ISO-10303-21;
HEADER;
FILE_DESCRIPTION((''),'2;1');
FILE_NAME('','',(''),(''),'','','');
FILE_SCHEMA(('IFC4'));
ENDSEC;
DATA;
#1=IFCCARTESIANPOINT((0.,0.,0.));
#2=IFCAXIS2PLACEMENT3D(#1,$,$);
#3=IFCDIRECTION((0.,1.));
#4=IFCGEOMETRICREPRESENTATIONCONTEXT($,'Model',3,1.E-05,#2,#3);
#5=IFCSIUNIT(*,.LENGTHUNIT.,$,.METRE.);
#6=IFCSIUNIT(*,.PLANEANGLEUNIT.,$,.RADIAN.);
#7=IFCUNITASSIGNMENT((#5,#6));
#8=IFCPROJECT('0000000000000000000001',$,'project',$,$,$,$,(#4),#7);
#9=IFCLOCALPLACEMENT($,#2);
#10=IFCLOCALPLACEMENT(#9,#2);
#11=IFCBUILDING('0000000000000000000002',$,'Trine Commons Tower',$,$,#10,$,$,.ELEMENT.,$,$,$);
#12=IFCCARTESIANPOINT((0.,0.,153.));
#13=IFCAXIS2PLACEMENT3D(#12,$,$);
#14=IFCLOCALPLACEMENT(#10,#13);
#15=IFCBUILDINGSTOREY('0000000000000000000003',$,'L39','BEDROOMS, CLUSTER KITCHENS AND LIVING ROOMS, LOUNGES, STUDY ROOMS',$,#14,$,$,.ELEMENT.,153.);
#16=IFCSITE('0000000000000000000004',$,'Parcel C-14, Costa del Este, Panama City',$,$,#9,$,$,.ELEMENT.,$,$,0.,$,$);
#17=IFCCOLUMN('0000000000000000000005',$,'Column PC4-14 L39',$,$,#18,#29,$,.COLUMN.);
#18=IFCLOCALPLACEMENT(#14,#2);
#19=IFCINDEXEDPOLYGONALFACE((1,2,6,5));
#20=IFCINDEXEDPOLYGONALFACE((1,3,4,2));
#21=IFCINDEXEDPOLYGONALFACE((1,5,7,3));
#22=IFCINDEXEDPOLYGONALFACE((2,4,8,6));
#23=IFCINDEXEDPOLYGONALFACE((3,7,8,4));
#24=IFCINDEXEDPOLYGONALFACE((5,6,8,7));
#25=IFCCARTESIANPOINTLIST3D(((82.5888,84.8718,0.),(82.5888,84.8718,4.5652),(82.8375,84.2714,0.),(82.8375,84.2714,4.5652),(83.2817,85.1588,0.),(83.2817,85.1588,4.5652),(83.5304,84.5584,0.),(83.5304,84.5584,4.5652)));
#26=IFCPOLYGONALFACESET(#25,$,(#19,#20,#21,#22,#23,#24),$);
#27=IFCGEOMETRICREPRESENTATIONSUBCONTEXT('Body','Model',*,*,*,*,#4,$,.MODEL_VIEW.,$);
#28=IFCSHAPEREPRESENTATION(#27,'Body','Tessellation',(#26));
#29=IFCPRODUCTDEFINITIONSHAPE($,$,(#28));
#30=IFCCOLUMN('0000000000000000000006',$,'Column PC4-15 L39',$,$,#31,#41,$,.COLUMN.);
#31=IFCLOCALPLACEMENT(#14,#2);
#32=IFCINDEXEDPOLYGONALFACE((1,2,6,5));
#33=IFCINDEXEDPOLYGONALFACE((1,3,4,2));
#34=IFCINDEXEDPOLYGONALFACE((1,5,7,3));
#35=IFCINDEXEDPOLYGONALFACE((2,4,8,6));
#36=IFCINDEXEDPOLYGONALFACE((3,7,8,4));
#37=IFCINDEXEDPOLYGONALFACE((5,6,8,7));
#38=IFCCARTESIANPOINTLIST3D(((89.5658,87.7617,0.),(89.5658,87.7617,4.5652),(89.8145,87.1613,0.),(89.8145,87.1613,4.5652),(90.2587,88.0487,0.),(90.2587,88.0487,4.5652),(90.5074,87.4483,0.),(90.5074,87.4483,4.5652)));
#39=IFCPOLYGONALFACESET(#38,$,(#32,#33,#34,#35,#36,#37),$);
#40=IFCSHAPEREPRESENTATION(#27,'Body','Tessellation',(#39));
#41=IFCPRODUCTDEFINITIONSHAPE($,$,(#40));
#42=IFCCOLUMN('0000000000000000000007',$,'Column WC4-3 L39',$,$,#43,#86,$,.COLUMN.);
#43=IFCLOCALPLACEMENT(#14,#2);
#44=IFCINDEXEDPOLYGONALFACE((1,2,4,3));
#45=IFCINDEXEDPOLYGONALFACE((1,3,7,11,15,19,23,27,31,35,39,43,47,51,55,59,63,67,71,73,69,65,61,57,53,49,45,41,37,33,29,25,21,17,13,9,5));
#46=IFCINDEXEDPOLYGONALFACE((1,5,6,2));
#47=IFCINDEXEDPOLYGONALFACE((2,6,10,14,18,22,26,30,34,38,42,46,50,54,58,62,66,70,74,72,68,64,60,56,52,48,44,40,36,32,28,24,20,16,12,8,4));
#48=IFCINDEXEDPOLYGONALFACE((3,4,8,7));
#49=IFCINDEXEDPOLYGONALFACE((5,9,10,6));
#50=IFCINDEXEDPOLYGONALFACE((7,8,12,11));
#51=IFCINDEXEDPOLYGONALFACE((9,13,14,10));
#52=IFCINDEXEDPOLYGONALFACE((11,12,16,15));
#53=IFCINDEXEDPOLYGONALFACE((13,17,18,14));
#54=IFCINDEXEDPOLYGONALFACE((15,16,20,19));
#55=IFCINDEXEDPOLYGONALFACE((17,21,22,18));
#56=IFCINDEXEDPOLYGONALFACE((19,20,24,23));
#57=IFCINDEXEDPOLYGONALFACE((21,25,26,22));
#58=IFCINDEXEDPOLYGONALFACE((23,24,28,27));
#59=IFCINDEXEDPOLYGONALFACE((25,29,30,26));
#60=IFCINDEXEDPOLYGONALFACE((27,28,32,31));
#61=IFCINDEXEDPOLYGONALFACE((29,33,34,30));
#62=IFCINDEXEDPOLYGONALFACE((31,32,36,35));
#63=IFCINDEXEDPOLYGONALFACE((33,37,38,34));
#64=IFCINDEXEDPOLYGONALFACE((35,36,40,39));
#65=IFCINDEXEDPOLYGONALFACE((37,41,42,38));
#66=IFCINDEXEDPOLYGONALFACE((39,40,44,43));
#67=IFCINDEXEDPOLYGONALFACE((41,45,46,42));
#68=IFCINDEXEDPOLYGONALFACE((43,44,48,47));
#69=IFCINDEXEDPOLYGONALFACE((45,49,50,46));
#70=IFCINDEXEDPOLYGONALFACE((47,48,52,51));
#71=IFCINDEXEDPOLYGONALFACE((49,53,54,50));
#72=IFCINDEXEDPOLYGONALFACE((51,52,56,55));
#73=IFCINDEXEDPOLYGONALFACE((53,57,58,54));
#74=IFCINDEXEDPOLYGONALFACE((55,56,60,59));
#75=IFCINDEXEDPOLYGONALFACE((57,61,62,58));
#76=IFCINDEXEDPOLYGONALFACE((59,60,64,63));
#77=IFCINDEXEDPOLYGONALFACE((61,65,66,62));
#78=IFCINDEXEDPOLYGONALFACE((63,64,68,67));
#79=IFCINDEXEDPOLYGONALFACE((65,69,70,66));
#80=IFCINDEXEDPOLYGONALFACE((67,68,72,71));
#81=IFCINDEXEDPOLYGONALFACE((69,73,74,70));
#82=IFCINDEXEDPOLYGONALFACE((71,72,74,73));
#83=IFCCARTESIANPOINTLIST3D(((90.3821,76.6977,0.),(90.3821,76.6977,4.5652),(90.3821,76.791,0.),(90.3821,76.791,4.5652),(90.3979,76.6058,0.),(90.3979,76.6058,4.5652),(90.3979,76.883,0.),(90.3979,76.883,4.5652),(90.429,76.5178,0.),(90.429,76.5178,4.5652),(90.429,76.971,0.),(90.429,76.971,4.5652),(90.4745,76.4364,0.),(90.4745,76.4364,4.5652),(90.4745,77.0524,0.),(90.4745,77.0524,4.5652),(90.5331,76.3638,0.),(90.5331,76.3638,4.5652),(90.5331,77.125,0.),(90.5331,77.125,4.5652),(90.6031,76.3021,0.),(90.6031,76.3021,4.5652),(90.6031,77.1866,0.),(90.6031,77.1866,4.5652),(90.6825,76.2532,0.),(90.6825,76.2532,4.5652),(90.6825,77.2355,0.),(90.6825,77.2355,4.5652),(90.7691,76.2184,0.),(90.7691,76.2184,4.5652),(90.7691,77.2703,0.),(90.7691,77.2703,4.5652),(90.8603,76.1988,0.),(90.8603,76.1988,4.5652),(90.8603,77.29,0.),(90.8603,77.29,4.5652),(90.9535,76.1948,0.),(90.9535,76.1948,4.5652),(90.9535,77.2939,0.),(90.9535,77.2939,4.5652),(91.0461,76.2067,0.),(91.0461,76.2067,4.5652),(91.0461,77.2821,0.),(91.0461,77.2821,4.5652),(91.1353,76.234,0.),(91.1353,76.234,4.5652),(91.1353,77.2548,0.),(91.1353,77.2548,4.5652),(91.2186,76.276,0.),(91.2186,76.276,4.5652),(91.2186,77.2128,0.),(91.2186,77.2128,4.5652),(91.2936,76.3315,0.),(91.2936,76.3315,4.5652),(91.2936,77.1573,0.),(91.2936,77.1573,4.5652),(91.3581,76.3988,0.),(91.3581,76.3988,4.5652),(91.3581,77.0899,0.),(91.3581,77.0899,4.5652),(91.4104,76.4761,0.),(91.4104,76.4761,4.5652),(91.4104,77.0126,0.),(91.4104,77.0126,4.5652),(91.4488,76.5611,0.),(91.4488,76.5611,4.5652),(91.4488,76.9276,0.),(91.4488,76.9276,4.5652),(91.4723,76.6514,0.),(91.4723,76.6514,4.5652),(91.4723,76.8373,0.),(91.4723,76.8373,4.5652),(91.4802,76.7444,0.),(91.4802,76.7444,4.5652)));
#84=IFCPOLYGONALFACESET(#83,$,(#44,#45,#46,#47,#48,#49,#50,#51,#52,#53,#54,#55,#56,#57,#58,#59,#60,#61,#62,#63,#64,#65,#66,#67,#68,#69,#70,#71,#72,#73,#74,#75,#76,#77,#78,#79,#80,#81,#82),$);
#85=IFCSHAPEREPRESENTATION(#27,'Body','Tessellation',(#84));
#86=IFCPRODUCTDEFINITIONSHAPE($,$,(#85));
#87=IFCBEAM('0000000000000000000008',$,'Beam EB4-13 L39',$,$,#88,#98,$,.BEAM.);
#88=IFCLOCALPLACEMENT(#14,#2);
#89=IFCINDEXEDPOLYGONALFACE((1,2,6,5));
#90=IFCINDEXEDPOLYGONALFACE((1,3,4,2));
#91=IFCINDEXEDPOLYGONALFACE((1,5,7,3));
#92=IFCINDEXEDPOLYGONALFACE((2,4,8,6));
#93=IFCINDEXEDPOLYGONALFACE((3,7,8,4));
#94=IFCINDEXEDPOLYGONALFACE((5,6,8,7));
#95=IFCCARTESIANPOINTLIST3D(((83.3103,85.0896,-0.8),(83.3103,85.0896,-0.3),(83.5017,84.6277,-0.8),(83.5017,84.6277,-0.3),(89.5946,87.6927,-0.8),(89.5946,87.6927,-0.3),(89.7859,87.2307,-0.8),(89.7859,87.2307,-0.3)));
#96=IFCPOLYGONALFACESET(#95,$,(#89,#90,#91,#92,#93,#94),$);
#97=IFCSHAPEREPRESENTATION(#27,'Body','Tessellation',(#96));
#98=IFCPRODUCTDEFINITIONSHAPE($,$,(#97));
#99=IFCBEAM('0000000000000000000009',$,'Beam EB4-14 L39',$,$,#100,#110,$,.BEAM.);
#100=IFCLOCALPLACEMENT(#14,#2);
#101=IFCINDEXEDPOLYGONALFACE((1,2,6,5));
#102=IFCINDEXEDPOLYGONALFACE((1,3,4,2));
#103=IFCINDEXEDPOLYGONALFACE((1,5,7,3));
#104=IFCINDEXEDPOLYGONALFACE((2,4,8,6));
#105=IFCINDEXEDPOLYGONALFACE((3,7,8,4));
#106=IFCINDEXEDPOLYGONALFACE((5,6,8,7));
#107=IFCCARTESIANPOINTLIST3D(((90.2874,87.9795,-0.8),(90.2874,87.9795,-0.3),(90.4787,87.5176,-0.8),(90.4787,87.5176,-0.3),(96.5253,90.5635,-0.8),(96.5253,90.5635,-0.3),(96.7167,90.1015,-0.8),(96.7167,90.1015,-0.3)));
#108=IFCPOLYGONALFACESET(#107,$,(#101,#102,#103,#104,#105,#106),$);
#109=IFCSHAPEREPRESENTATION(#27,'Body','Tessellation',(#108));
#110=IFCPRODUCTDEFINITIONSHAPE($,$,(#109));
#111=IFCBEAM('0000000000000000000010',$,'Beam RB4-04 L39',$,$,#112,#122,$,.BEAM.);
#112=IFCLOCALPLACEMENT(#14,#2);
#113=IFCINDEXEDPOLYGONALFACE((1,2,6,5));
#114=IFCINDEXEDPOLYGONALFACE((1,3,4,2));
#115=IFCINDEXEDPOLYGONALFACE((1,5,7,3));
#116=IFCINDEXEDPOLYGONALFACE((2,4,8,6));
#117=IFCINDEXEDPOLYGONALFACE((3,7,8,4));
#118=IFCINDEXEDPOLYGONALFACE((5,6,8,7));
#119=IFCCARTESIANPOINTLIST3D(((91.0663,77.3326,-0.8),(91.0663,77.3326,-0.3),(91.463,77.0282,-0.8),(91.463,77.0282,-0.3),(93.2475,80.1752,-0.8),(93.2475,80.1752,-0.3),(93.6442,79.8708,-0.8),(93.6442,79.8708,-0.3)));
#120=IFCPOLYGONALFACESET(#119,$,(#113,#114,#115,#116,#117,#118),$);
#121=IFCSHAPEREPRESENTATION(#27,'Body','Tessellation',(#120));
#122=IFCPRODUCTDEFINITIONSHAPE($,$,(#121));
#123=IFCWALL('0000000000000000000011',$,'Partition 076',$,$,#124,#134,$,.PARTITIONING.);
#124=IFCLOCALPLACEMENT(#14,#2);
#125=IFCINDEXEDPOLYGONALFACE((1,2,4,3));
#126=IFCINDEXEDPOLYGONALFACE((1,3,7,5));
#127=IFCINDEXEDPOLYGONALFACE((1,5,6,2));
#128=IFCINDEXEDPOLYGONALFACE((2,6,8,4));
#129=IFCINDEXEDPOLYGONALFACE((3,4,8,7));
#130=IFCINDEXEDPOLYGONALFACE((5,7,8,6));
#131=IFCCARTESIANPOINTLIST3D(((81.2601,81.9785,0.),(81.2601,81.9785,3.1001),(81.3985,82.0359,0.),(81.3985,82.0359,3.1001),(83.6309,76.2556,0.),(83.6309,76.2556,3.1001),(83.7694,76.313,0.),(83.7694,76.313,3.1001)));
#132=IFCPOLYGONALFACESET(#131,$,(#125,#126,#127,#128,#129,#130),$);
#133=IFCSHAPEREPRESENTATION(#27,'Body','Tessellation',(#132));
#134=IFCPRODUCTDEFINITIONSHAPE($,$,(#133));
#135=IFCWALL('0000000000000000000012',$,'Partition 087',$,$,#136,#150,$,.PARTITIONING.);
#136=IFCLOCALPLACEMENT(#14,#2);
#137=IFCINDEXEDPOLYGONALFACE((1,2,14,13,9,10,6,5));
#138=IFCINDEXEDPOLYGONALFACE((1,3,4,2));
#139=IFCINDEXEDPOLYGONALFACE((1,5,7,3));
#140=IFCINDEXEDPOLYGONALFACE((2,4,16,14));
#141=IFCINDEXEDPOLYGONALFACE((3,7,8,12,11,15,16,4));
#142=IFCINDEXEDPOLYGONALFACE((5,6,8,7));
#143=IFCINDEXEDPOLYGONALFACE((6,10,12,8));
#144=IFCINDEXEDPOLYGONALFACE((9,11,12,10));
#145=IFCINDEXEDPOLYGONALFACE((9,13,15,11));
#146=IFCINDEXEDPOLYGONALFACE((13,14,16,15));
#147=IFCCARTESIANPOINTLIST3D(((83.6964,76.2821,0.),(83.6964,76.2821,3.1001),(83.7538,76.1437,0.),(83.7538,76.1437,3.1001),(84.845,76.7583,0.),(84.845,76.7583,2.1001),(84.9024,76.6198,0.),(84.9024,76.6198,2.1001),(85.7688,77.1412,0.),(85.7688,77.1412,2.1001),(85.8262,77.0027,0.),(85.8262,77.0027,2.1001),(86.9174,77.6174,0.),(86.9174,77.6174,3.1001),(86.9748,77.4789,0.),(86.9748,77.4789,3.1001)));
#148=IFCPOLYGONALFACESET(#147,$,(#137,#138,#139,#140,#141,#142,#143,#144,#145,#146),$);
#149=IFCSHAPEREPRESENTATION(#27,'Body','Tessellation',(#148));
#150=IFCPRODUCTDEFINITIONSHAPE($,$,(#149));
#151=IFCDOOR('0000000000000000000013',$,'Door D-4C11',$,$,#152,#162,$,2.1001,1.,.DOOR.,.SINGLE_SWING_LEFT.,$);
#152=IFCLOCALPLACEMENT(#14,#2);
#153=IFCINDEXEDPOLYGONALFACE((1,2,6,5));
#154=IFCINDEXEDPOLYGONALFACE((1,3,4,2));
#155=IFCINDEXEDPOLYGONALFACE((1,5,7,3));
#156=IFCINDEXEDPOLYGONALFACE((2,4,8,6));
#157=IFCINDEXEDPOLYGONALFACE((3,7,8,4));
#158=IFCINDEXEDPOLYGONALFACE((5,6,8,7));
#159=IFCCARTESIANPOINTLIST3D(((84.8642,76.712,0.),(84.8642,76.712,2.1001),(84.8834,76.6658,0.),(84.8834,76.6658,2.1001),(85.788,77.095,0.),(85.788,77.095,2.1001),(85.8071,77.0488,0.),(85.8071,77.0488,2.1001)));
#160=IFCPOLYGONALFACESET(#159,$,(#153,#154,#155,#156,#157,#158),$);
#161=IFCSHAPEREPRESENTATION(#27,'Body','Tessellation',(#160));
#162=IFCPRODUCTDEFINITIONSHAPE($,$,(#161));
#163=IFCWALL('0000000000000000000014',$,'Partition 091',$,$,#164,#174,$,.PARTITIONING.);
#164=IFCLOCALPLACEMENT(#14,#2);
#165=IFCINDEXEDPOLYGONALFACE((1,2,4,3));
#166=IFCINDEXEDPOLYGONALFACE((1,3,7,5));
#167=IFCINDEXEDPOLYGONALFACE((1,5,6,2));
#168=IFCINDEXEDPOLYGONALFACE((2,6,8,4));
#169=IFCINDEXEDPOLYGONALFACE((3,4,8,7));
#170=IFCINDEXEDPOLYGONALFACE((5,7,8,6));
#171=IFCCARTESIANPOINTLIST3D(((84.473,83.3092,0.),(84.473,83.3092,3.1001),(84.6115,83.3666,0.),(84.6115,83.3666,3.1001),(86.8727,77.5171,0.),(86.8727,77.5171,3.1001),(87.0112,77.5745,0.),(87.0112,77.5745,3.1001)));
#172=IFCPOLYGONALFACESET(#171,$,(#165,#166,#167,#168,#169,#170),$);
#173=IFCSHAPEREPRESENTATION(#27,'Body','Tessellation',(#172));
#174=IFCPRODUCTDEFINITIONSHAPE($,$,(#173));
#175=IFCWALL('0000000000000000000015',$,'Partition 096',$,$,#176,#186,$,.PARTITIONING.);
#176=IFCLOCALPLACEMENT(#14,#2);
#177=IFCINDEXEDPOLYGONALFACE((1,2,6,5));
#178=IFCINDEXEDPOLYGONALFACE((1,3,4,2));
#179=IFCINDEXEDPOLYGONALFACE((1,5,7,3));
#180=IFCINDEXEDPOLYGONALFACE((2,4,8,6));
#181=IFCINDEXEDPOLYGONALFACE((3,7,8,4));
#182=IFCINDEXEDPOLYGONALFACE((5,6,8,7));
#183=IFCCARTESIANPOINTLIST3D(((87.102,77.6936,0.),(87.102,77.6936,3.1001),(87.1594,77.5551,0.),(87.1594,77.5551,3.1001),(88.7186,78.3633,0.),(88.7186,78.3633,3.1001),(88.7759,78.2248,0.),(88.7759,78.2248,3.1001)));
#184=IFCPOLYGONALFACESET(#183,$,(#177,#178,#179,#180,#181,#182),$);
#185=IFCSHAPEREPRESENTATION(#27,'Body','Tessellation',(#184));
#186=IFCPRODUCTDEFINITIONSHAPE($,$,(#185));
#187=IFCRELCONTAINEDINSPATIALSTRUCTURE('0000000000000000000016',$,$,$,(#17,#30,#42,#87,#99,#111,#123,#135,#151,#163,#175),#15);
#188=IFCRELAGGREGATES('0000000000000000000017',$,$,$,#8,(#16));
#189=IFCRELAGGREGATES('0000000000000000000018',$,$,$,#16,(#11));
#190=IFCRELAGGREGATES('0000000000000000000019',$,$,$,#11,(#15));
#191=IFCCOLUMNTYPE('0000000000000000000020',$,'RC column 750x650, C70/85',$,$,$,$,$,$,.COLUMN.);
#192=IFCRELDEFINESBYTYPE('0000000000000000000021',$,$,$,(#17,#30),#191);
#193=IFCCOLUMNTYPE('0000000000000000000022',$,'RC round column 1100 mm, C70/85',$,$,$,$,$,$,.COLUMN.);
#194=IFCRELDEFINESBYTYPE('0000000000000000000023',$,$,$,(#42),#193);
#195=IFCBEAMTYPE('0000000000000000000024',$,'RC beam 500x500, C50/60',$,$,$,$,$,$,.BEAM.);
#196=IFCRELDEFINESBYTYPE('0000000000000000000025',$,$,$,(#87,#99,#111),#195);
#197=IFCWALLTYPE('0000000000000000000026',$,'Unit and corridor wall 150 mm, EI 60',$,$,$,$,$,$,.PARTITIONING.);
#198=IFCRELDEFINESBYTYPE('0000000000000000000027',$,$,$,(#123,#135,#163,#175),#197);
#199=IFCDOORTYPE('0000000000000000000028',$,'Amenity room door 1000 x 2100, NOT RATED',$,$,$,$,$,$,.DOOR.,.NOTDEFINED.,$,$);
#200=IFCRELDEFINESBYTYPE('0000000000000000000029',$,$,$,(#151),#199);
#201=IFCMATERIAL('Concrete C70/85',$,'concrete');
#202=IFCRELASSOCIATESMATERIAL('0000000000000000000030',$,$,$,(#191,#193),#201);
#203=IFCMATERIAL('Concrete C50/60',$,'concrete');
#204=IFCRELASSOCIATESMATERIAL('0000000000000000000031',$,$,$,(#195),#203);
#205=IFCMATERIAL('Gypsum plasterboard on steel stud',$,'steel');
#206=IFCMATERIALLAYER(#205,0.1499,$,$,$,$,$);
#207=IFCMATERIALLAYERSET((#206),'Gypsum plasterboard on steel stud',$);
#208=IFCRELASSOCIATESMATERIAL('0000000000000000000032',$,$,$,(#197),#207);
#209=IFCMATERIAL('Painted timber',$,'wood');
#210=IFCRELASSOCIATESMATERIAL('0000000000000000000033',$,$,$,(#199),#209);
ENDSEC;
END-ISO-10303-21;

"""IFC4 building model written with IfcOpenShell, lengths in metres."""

from ifc_helpers import new_model, si_unit, direction, frame, frame_2d, origin, origin_2d, place, context, subcontext, project, spatial, rectangle, circle, extrude, material, layer, layer_set, material_profile, profile_set, type_object, element, fill, save


model = new_model("IFC4")

# Units and contexts
model_context = context("Model", 3, precision=1e-05, world=origin(), true_north=direction((0.0, 1.0)))
body_context = subcontext(model_context, "Body", "Model", "MODEL_VIEW")
ifc_project = project(units=[si_unit("LENGTHUNIT", "METRE"), si_unit("PLANEANGLEUNIT", "RADIAN")], contexts=[model_context])

# Site, building, storey
site_placement = place(None, origin())
site = spatial("IfcSite", under=ifc_project, at=site_placement, Name="Parcel C-14, Costa del Este, Panama City", CompositionType="ELEMENT", RefElevation=0.0)
building_placement = place(site_placement, origin())
building = spatial("IfcBuilding", under=site, at=building_placement, Name="Trine Commons Tower", CompositionType="ELEMENT")
storey_placement = place(building_placement, frame((0.0, 0.0, 153.0)))
storey = spatial("IfcBuildingStorey", under=building, at=storey_placement, Name="L39", Description="BEDROOMS, CLUSTER KITCHENS AND LIVING ROOMS, LOUNGES, STUDY ROOMS", CompositionType="ELEMENT", Elevation=153.0)

# Columns
ifc_material_1 = material(Name="Concrete C70/85", Category="concrete")
ifc_material_profile_1 = material_profile(ifc_material_1, rectangle(XDim=0.75, YDim=0.6499, at=origin_2d()), Name="RC 750x650")
ifc_profile_set_1 = profile_set([ifc_material_profile_1], Name="Concrete C70/85")
column_type_1 = type_object("IfcColumnType", Name="RC column 750x650, C70/85", PredefinedType="COLUMN", material=ifc_profile_set_1)
for number, where, z_axis, x_axis, name in (
    (1, (83.0596, 84.7151, 0.0), (0.0, 0.0, 1.0), (0.92388, 0.382683, 0.0), "Column PC4-14 L39"),
    (2, (90.0366, 87.605, 0.0), (0.0, 0.0, 1.0), (0.92388, 0.382683, 0.0), "Column PC4-15 L39"),
):
    element("IfcColumn", number, at=place(storey_placement, frame(where, z_axis=z_axis, x_axis=x_axis)), inside=storey, type_object=column_type_1, Name=name, PredefinedType="COLUMN", context=body_context, shape_type="SweptSolid", body=[
        extrude(rectangle(XDim=0.75, YDim=0.6499, at=origin_2d()), origin(), (0.0, 0.0, 1.0), 4.5652),
    ])
ifc_material_profile_2 = material_profile(ifc_material_1, circle(Radius=0.55, at=origin_2d()), Name="RC round 1100")
ifc_profile_set_2 = profile_set([ifc_material_profile_2], Name="Concrete C70/85")
column_type_2 = type_object("IfcColumnType", Name="RC round column 1100 mm, C70/85", PredefinedType="COLUMN", material=ifc_profile_set_2)
column_placement = place(storey_placement, frame((90.9302, 76.7444, 0.0), z_axis=(0.0, 0.0, 1.0), x_axis=(1.0, 0.0, 0.0)))
element("IfcColumn", 3, at=column_placement, inside=storey, type_object=column_type_2, Name="Column WC4-3 L39", PredefinedType="COLUMN", context=body_context, shape_type="SweptSolid", body=[
    extrude(circle(Radius=0.55, at=origin_2d()), origin(), (0.0, 0.0, 1.0), 4.5652),
])

# Beams
ifc_material_2 = material(Name="Concrete C50/60", Category="concrete")
ifc_material_profile_3 = material_profile(ifc_material_2, rectangle(XDim=0.5, YDim=0.5, at=origin_2d()), Name="RC 500x500")
ifc_profile_set_3 = profile_set([ifc_material_profile_3], Name="Concrete C50/60")
beam_type = type_object("IfcBeamType", Name="RC beam 500x500, C50/60", PredefinedType="BEAM", material=ifc_profile_set_3)
beam_1_placement = place(storey_placement, frame((83.406, 84.8586, -0.55), z_axis=(0.923878, 0.382688, 0.0), x_axis=(-0.382688, 0.923878, 0.0)))
element("IfcBeam", 4, at=beam_1_placement, inside=storey, type_object=beam_type, Name="Beam EB4-13 L39", PredefinedType="BEAM", context=body_context, shape_type="SweptSolid", body=[
    extrude(rectangle(XDim=0.5, YDim=0.5, at=origin_2d()), origin(), (0.0, 0.0, 1.0), 6.802),
])
beam_2_placement = place(storey_placement, frame((90.3831, 87.7485, -0.55), z_axis=(0.923874, 0.382697, 0.0), x_axis=(-0.382697, 0.923874, 0.0)))
element("IfcBeam", 5, at=beam_2_placement, inside=storey, type_object=beam_type, Name="Beam EB4-14 L39", PredefinedType="BEAM", context=body_context, shape_type="SweptSolid", body=[
    extrude(rectangle(XDim=0.5, YDim=0.5, at=origin_2d()), origin(), (0.0, 0.0, 1.0), 6.752),
])
beam_3_placement = place(storey_placement, frame((91.2646, 77.1804, -0.55), z_axis=(0.608762, 0.793353, 0.0), x_axis=(-0.793353, 0.608762, 0.0)))
element("IfcBeam", 6, at=beam_3_placement, inside=storey, type_object=beam_type, Name="Beam RB4-04 L39", PredefinedType="BEAM", context=body_context, shape_type="SweptSolid", body=[
    extrude(rectangle(XDim=0.5, YDim=0.5, at=origin_2d()), origin(), (0.0, 0.0, 1.0), 3.583),
])

# Wall
ifc_material_3 = material(Name="Gypsum plasterboard on steel stud", Category="steel")
ifc_layer_1 = layer(ifc_material_3, 0.1499)
ifc_layer_set_1 = layer_set([ifc_layer_1], Name="Gypsum plasterboard on steel stud")
wall_type_1 = type_object("IfcWallType", Name="Unit and corridor wall 150 mm, EI 60", PredefinedType="PARTITIONING", material=ifc_layer_set_1)
wall_1_placement = place(storey_placement, frame((81.3293, 82.0071, 0.0), z_axis=(0.0, 0.0, 1.0), x_axis=(0.382731, -0.92386, 0.0)))
element("IfcWall", 7, at=wall_1_placement, inside=storey, type_object=wall_type_1, Name="Partition 076", PredefinedType="PARTITIONING", context=body_context, shape_type="SweptSolid", body=[
    extrude(rectangle(XDim=6.1946, YDim=0.1499, at=frame_2d((3.0972, 0.0))), origin(), (0.0, 0.0, 1.0), 3.1001),
])

# Wall, opening, door
wall_2_placement = place(storey_placement, frame((83.7251, 76.2129, 0.0), z_axis=(0.0, 0.0, 1.0), x_axis=(0.923774, 0.382939, 0.0)))
wall_2 = element("IfcWall", 8, at=wall_2_placement, inside=storey, type_object=wall_type_1, Name="Partition 087", PredefinedType="PARTITIONING", context=body_context, shape_type="SweptSolid", body=[
    extrude(rectangle(XDim=3.4868, YDim=0.1499, at=frame_2d((1.7434, 0.0))), origin(), (0.0, 0.0, 1.0), 3.1001),
])
opening_1_placement = place(wall_2_placement, frame((1.2434, 0.0, 0.0)))
opening_1 = element("IfcOpeningElement", 9, at=opening_1_placement, cuts=wall_2, PredefinedType="OPENING", context=body_context, shape_type="SweptSolid", body=[
    extrude(rectangle(XDim=1.0, YDim=2.1001, at=frame_2d((0.5, 1.05))), frame((0.0, 0.085, 0.0), z_axis=(0.0, -1.0, 0.0), x_axis=(1.0, 0.0, 0.0)), (0.0, 0.0, 1.0), 0.1699),
])
ifc_material_4 = material(Name="Painted timber", Category="wood")
door_type_1 = type_object("IfcDoorType", Name="Amenity room door 1000 x 2100, NOT RATED", OperationType="NOTDEFINED", PredefinedType="DOOR", material=ifc_material_4)
door_1_placement = place(opening_1_placement, origin())
door_1 = element("IfcDoor", 10, at=door_1_placement, inside=storey, type_object=door_type_1, Name="Door D-4C11", OperationType="SINGLE_SWING_LEFT", OverallHeight=2.1001, OverallWidth=1.0, PredefinedType="DOOR", context=body_context, shape_type="SweptSolid", body=[
    extrude(rectangle(XDim=1.0, YDim=2.1001, at=frame_2d((0.5, 1.05))), frame((0.0, 0.0249, 0.0), z_axis=(0.0, -1.0, 0.0), x_axis=(1.0, 0.0, 0.0)), (0.0, 0.0, 1.0), 0.05),
])
fill(opening_1, door_1)

# Walls
wall_3_placement = place(storey_placement, frame((84.5422, 83.3379, 0.0), z_axis=(0.0, 0.0, 1.0), x_axis=(0.382756, -0.923849, 0.0)))
element("IfcWall", 11, at=wall_3_placement, inside=storey, type_object=wall_type_1, Name="Partition 091", PredefinedType="PARTITIONING", context=body_context, shape_type="SweptSolid", body=[
    extrude(rectangle(XDim=6.2695, YDim=0.1499, at=frame_2d((3.1348, 0.0))), origin(), (0.0, 0.0, 1.0), 3.1001),
])
wall_4_placement = place(storey_placement, frame((87.1306, 77.6243, 0.0), z_axis=(0.0, 0.0, 1.0), x_axis=(0.923855, 0.382742, 0.0)))
element("IfcWall", 12, at=wall_4_placement, inside=storey, type_object=wall_type_1, Name="Partition 096", PredefinedType="PARTITIONING", context=body_context, shape_type="SweptSolid", body=[
    extrude(rectangle(XDim=1.7498, YDim=0.1499, at=frame_2d((0.875, 0.0))), origin(), (0.0, 0.0, 1.0), 3.1001),
])

save(model, "model.ifc")
